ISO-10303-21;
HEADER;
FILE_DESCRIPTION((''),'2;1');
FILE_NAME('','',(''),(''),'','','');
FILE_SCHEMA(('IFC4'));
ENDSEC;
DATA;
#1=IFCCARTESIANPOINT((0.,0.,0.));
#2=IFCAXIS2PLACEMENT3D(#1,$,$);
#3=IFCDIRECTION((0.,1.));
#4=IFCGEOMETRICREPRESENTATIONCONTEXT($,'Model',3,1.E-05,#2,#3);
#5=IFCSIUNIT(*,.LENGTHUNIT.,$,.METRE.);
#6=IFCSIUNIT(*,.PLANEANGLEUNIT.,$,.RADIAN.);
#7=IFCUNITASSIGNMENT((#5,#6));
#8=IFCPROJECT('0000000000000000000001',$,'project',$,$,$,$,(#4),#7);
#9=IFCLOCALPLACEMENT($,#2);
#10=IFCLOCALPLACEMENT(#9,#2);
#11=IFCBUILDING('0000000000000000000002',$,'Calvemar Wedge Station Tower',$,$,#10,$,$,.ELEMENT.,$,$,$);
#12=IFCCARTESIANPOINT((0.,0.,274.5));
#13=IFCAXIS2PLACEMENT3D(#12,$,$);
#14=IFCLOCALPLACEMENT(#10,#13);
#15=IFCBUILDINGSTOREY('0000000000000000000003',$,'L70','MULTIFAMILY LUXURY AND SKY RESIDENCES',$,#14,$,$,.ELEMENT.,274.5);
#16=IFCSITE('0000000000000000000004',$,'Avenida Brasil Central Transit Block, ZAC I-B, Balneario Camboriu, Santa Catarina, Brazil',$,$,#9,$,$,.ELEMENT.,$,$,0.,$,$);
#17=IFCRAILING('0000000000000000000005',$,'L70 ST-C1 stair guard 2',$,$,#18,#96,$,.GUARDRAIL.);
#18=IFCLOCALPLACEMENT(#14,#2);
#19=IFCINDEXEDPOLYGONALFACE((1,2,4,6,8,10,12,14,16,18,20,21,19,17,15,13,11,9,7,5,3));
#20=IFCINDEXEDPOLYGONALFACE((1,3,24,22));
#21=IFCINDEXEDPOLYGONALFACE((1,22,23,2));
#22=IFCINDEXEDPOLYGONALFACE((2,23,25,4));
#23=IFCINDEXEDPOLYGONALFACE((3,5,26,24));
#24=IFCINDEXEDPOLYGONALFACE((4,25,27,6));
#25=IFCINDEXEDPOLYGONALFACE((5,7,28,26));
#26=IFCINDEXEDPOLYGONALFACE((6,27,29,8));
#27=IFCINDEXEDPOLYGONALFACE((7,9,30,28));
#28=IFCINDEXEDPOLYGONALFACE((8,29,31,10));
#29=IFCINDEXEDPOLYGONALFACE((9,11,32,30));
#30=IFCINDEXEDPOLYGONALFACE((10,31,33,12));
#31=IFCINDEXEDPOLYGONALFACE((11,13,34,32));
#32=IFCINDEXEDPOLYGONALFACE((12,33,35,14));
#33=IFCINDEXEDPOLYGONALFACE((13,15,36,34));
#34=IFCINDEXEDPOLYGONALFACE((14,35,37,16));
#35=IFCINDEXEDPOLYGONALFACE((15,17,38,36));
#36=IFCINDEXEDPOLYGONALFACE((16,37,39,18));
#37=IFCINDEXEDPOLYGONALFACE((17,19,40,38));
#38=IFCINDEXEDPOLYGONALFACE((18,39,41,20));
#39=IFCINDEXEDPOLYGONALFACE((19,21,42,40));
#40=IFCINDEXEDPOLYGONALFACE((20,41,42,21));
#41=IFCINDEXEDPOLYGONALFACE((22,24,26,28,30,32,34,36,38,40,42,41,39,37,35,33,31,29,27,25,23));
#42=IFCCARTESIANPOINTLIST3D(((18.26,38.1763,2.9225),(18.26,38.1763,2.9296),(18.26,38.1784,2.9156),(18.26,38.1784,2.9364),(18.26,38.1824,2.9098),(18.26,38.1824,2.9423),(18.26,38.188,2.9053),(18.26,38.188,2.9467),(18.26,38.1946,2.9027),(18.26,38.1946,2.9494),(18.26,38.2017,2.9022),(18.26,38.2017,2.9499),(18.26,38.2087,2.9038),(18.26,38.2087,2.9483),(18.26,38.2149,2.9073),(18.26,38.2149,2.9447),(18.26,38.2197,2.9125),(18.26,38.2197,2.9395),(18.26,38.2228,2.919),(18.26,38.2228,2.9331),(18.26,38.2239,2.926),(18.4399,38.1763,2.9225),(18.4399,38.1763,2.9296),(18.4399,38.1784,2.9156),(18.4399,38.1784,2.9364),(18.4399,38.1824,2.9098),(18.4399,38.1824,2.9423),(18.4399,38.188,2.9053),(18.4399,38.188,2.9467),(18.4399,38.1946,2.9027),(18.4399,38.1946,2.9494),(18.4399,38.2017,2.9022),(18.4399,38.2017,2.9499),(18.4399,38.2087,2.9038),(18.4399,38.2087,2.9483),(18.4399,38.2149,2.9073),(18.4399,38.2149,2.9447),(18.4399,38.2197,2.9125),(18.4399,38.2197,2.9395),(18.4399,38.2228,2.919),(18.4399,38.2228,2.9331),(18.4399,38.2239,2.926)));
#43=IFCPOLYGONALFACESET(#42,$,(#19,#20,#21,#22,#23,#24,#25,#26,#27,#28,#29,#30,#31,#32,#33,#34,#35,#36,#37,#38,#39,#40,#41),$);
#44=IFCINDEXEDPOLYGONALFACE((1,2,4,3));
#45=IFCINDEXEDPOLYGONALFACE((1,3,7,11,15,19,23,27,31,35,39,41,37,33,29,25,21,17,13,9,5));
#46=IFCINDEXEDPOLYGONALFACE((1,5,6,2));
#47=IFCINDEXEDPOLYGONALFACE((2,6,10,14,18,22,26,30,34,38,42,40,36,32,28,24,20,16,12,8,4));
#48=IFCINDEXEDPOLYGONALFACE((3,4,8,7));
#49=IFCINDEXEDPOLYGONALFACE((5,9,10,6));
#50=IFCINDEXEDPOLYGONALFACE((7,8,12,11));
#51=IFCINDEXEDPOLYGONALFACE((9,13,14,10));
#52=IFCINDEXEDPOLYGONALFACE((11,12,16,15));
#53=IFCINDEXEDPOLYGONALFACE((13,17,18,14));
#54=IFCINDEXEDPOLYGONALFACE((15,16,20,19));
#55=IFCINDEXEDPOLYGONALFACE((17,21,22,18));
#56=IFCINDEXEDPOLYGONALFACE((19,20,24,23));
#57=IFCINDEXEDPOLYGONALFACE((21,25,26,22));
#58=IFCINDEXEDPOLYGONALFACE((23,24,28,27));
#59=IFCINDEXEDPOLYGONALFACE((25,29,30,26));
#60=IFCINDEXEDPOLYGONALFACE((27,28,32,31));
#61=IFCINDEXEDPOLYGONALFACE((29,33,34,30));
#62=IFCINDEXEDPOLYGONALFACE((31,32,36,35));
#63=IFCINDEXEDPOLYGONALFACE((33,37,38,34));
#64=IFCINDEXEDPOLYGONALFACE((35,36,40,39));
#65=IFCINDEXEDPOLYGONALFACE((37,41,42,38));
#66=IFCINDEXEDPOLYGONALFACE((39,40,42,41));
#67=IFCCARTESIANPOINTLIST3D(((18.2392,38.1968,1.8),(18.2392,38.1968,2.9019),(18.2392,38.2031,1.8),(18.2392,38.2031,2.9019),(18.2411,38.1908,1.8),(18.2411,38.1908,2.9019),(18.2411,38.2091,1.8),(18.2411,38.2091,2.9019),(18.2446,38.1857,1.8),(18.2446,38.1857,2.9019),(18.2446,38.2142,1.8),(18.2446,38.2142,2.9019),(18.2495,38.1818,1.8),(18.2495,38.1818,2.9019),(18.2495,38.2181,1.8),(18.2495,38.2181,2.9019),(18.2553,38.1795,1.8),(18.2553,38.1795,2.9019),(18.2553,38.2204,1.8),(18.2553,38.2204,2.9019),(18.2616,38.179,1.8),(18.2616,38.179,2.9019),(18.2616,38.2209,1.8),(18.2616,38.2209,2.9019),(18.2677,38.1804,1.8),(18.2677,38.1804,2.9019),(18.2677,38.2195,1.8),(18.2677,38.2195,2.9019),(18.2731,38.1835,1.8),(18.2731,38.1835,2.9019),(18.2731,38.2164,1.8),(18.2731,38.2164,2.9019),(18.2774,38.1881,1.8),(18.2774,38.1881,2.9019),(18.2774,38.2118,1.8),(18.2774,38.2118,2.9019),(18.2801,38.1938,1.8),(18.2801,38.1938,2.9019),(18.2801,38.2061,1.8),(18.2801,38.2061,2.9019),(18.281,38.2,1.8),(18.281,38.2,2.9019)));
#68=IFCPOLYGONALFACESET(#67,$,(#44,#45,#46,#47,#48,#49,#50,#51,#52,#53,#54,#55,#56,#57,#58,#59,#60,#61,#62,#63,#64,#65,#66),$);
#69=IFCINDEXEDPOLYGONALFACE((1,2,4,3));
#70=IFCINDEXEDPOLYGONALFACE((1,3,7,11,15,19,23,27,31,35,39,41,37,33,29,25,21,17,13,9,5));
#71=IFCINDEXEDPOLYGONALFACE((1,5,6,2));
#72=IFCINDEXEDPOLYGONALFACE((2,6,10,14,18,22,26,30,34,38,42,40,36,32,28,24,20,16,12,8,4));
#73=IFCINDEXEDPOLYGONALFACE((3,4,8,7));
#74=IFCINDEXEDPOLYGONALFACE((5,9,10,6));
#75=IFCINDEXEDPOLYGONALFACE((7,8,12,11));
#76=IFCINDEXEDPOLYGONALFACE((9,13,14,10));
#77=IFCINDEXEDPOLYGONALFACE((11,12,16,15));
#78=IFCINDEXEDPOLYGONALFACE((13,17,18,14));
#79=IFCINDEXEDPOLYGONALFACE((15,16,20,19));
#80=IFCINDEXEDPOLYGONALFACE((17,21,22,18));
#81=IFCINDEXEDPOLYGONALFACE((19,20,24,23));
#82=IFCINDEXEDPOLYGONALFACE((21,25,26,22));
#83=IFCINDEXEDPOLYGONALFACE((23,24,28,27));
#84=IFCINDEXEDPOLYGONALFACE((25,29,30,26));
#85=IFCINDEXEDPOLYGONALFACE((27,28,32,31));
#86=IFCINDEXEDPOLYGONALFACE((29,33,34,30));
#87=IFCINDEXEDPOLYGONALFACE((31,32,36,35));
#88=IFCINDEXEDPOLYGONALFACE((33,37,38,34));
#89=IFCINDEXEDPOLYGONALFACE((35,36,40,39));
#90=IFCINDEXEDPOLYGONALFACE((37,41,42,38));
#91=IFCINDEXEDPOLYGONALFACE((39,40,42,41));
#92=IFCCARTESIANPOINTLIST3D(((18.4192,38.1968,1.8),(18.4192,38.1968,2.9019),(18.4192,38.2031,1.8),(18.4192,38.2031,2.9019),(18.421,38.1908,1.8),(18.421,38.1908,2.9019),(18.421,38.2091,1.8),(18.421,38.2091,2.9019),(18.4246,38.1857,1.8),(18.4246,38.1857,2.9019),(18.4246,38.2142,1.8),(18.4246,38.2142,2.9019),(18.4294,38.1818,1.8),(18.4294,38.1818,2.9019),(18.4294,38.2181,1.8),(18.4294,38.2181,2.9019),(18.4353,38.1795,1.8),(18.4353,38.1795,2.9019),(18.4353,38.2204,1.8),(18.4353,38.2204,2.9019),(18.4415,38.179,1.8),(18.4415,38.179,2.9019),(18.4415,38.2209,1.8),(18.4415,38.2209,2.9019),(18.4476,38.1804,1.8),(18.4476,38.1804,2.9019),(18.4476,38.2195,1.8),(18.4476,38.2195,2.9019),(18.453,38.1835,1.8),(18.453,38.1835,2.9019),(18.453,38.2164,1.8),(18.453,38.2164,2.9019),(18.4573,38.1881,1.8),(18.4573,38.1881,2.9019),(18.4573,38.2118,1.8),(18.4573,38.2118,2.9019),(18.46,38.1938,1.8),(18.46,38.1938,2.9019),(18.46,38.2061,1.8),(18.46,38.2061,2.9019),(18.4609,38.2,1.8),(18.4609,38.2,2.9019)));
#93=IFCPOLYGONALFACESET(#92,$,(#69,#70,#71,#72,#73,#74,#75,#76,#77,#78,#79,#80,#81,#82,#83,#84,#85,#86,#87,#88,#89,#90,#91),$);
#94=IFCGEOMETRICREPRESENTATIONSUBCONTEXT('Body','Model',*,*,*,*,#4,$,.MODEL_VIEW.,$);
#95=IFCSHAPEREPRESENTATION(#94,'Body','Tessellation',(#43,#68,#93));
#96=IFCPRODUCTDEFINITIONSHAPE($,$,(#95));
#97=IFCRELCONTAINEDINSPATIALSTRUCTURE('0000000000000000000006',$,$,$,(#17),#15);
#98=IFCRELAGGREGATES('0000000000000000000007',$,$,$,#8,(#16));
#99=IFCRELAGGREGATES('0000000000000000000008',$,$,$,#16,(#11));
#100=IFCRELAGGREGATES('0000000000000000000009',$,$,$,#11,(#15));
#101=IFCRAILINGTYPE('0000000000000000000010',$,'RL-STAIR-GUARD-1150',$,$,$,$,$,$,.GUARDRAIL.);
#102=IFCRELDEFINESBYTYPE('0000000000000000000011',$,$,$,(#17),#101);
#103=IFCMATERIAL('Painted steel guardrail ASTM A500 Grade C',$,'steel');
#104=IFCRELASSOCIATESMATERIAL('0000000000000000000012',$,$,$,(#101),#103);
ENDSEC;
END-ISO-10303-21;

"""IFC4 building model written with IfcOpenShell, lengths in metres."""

from ifc_helpers import new_model, si_unit, direction, frame, origin, origin_2d, place, context, subcontext, project, spatial, circle, extrude, material, type_object, element, save


model = new_model("IFC4")

# Units and contexts
model_context = context("Model", 3, precision=1e-05, world=origin(), true_north=direction((0.0, 1.0)))
body_context = subcontext(model_context, "Body", "Model", "MODEL_VIEW")
ifc_project = project(units=[si_unit("LENGTHUNIT", "METRE"), si_unit("PLANEANGLEUNIT", "RADIAN")], contexts=[model_context])

# Site, building, storey
site_placement = place(None, origin())
site = spatial("IfcSite", under=ifc_project, at=site_placement, Name="Avenida Brasil Central Transit Block, ZAC I-B, Balneario Camboriu, Santa Catarina, Brazil", CompositionType="ELEMENT", RefElevation=0.0)
building_placement = place(site_placement, origin())
building = spatial("IfcBuilding", under=site, at=building_placement, Name="Calvemar Wedge Station Tower", CompositionType="ELEMENT")
storey_placement = place(building_placement, frame((0.0, 0.0, 274.5)))
storey = spatial("IfcBuildingStorey", under=building, at=storey_placement, Name="L70", Description="MULTIFAMILY LUXURY AND SKY RESIDENCES", CompositionType="ELEMENT", Elevation=274.5)

# Railing
ifc_material_1 = material(Name="Painted steel guardrail ASTM A500 Grade C", Category="steel")
railing_type_1 = type_object("IfcRailingType", Name="RL-STAIR-GUARD-1150", PredefinedType="GUARDRAIL", material=ifc_material_1)
railing_1_placement = place(storey_placement, frame((18.26, 38.2, 1.8)))
element("IfcRailing", 1, at=railing_1_placement, inside=storey, type_object=railing_type_1, Name="L70 ST-C1 stair guard 2", PredefinedType="GUARDRAIL", context=body_context, shape_type="SweptSolid", body=[
    extrude(circle(Radius=0.0239, at=origin_2d()), frame((0.0, 0.0, 1.126), z_axis=(1.0, 0.0, 0.0), x_axis=(0.0, 1.0, 0.0)), (0.0, 0.0, 1.0), 0.1799),
    extrude(circle(Radius=0.021, at=origin_2d()), origin(), (0.0, 0.0, 1.0), 1.1018),
    extrude(circle(Radius=0.021, at=origin_2d()), frame((0.1799, 0.0, 0.0)), (0.0, 0.0, 1.0), 1.1018),
])

save(model, "model.ifc")
